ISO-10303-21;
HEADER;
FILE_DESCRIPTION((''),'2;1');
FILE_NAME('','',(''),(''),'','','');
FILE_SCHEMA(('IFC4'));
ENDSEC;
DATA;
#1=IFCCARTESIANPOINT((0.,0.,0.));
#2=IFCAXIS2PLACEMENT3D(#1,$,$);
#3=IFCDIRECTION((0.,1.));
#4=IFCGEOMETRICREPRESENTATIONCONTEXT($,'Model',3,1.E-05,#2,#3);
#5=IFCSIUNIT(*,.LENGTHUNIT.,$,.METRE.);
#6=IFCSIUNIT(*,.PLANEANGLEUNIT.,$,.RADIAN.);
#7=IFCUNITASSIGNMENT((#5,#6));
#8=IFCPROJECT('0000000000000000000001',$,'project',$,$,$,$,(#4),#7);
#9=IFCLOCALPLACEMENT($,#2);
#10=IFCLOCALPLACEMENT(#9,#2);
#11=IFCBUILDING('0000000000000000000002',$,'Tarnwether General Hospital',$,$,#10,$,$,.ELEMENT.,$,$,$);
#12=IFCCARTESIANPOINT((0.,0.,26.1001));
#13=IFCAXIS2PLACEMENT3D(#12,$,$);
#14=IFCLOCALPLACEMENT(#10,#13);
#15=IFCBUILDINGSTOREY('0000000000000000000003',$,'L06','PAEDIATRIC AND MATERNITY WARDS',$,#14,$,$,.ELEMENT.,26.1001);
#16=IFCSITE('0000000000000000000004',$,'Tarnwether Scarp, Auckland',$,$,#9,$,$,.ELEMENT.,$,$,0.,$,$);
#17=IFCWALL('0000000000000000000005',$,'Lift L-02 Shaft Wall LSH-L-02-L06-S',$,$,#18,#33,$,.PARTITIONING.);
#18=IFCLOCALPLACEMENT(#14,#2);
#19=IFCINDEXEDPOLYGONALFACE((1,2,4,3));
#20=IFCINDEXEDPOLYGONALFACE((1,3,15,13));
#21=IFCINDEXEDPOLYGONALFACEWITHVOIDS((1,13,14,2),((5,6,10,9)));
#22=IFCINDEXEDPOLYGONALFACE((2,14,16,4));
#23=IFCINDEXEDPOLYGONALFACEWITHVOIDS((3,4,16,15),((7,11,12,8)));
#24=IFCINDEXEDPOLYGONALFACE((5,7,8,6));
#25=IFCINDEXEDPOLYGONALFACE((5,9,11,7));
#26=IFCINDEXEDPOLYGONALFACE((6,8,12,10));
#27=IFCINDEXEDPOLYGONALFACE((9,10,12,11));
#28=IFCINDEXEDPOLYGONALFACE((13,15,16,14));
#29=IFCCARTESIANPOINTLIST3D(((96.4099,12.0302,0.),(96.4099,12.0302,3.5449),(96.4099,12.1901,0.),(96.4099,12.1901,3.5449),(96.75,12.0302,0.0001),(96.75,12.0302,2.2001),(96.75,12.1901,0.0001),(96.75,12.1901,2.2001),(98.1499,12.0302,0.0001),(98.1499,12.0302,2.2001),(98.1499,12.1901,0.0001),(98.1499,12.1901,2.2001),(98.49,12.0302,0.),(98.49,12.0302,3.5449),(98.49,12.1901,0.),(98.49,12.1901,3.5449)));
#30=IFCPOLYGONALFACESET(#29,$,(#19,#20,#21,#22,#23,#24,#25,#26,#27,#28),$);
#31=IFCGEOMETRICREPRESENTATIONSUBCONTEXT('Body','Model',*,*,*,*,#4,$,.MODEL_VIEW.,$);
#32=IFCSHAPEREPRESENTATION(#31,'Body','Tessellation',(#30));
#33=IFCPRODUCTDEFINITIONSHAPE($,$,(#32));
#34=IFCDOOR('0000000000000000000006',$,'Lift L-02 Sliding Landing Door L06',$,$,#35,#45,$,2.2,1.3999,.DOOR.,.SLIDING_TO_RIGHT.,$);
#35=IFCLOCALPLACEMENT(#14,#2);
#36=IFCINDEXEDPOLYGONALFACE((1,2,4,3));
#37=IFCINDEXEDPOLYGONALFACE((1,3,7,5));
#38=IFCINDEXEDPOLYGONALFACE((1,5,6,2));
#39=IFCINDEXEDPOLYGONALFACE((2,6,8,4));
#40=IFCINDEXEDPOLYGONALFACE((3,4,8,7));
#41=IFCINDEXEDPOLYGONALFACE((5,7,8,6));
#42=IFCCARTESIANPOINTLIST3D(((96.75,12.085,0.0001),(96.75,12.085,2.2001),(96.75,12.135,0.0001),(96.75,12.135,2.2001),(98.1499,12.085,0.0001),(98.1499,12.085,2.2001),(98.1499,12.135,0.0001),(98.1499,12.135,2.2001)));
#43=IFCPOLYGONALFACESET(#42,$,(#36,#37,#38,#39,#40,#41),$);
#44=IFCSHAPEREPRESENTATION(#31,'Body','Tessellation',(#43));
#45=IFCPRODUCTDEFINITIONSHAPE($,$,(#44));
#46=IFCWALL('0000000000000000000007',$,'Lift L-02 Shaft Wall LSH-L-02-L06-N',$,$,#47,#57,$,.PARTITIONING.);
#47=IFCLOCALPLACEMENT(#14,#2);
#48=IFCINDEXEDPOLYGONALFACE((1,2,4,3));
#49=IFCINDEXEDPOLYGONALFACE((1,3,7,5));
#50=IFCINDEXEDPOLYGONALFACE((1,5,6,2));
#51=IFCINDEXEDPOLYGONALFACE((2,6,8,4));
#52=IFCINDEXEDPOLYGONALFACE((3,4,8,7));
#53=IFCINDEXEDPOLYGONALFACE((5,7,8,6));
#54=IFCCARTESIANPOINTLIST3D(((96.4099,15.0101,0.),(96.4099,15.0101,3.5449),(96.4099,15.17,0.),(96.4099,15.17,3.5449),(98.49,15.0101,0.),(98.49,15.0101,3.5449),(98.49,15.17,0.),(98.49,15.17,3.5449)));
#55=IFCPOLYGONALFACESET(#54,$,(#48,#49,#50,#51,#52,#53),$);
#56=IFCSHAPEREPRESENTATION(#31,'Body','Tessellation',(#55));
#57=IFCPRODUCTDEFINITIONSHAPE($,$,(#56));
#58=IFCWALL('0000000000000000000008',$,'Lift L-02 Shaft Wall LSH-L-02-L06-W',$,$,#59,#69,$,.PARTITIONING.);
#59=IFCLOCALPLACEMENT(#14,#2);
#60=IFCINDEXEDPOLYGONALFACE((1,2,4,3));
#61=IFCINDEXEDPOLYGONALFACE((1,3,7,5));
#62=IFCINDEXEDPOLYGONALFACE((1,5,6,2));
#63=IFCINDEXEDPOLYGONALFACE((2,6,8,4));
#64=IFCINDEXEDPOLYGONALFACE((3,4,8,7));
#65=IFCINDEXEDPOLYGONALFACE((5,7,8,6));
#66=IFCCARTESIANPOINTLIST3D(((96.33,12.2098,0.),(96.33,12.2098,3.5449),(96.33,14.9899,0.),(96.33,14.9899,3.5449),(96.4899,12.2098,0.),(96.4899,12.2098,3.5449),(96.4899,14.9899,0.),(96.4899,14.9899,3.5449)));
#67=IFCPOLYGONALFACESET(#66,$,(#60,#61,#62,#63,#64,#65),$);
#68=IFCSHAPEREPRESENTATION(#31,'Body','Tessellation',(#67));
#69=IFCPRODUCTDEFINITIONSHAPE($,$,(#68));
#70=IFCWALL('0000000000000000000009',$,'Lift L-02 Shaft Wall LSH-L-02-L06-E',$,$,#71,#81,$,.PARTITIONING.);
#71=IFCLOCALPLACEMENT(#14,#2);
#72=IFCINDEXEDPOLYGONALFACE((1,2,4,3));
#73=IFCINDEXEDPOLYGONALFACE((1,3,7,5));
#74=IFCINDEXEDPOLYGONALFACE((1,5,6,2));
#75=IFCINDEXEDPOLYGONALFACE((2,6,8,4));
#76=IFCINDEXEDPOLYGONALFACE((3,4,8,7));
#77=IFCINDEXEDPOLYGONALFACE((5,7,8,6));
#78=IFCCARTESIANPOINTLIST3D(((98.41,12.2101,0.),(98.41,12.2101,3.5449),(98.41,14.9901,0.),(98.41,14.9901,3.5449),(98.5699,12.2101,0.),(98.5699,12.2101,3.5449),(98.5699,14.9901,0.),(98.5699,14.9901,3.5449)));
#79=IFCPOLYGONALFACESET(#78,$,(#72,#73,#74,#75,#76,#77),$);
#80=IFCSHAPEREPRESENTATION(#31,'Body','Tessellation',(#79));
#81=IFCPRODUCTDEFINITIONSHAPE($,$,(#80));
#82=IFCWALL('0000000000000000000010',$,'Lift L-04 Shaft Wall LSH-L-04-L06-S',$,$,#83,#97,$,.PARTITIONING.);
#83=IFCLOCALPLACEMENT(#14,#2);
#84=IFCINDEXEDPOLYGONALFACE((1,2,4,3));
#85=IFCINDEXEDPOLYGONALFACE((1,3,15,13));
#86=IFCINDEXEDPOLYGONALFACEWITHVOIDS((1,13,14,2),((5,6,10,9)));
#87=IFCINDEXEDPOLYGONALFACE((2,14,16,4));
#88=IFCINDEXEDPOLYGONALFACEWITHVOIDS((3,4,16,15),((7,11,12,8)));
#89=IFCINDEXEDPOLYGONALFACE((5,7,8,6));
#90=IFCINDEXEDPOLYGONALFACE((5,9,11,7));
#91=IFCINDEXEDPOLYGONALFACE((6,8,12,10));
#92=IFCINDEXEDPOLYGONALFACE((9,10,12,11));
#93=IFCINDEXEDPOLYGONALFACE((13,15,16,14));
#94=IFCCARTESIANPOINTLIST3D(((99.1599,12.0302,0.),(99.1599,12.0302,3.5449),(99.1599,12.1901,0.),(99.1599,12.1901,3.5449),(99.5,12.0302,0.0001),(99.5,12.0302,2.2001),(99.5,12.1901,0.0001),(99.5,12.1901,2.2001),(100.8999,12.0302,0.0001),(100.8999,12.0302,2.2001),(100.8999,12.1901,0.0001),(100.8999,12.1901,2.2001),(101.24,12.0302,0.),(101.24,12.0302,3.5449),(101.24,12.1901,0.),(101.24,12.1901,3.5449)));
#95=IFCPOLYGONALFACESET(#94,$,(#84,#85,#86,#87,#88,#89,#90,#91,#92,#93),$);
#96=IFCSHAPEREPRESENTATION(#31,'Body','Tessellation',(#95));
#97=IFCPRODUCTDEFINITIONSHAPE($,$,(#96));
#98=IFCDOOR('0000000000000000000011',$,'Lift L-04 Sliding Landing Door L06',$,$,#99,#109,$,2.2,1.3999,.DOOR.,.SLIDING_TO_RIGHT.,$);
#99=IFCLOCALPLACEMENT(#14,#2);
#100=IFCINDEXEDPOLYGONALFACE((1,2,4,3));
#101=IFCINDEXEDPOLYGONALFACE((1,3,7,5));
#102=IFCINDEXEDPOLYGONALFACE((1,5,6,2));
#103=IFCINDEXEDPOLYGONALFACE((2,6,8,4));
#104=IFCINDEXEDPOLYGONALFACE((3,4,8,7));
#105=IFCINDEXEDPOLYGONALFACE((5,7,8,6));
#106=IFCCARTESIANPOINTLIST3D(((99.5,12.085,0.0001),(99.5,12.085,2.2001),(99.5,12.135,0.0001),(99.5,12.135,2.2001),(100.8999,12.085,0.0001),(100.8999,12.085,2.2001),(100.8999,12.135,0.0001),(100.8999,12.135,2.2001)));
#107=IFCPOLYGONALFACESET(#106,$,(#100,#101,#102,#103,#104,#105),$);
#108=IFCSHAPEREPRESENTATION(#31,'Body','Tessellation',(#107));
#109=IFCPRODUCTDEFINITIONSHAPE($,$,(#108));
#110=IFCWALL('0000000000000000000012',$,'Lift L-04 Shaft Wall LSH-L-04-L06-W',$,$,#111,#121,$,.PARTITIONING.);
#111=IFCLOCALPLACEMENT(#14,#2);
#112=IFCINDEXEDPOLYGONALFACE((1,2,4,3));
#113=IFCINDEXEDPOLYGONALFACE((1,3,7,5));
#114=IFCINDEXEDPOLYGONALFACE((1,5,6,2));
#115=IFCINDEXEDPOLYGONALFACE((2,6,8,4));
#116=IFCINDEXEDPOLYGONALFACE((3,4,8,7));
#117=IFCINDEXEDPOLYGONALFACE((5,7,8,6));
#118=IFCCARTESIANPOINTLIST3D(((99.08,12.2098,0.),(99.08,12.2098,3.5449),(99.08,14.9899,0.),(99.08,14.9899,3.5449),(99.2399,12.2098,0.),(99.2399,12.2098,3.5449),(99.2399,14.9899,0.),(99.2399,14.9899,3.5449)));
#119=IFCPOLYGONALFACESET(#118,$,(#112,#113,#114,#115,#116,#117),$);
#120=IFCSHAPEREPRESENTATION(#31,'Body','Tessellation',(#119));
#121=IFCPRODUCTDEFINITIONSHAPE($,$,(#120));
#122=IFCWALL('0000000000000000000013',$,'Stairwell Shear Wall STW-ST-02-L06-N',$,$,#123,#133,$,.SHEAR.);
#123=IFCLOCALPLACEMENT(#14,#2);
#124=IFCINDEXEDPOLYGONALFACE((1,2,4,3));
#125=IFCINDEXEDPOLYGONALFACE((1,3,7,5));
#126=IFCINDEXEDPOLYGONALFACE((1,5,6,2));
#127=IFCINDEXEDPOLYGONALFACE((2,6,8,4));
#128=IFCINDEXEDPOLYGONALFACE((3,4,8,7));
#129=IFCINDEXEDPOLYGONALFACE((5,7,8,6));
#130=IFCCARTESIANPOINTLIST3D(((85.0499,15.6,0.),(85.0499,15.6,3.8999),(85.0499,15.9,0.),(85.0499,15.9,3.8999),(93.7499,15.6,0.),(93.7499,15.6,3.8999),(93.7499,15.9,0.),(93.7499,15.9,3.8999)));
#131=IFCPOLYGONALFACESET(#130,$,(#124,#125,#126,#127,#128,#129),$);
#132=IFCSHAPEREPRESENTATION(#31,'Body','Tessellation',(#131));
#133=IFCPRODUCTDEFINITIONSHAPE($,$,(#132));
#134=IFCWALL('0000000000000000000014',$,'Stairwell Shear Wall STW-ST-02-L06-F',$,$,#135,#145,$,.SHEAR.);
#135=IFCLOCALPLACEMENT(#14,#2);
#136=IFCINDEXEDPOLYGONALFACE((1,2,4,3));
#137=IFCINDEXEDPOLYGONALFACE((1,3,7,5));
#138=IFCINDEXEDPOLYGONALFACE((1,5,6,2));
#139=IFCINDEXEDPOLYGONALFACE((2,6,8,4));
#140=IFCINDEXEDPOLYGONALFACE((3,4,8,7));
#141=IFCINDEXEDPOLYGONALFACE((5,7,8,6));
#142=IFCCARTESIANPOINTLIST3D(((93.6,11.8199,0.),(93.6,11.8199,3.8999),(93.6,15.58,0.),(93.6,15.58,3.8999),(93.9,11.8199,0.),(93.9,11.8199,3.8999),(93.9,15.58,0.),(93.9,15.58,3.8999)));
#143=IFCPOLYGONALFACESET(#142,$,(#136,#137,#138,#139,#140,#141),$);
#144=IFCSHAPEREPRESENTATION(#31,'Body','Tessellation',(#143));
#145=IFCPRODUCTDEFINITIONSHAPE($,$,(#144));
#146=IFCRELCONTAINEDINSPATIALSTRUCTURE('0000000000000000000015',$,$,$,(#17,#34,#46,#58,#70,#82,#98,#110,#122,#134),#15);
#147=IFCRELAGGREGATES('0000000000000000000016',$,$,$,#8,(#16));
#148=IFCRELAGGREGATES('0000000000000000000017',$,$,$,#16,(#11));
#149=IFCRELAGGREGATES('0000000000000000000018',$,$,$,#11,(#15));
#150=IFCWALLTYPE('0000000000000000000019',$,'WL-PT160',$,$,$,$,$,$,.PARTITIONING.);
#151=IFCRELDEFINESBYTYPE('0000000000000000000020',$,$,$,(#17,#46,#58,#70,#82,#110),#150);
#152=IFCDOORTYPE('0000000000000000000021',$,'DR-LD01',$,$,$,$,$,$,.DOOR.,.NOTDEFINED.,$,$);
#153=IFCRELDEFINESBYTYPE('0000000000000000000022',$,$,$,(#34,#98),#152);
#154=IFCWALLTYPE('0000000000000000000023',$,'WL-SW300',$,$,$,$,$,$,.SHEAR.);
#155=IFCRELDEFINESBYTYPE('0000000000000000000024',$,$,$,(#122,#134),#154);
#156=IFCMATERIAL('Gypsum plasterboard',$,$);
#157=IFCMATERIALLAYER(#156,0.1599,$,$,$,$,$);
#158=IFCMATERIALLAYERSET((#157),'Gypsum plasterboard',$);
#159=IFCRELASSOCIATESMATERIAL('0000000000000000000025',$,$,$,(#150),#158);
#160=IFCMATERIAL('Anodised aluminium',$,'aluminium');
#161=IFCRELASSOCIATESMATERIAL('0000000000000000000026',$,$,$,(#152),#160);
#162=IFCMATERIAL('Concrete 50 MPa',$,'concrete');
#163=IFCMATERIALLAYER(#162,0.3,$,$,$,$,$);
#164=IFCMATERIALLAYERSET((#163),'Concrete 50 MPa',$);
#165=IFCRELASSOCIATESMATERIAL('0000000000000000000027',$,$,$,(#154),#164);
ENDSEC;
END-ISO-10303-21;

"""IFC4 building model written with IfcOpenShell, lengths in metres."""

from ifc_helpers import new_model, si_unit, direction, frame, frame_2d, origin, place, context, subcontext, project, spatial, rectangle, extrude, material, layer, layer_set, type_object, element, fill, save


model = new_model("IFC4")

# Units and contexts
model_context = context("Model", 3, precision=1e-05, world=origin(), true_north=direction((0.0, 1.0)))
body_context = subcontext(model_context, "Body", "Model", "MODEL_VIEW")
ifc_project = project(units=[si_unit("LENGTHUNIT", "METRE"), si_unit("PLANEANGLEUNIT", "RADIAN")], contexts=[model_context])

# Site, building, storey
site_placement = place(None, origin())
site = spatial("IfcSite", under=ifc_project, at=site_placement, Name="Tarnwether Scarp, Auckland", CompositionType="ELEMENT", RefElevation=0.0)
building_placement = place(site_placement, origin())
building = spatial("IfcBuilding", under=site, at=building_placement, Name="Tarnwether General Hospital", CompositionType="ELEMENT")
storey_placement = place(building_placement, frame((0.0, 0.0, 26.1001)))
storey = spatial("IfcBuildingStorey", under=building, at=storey_placement, Name="L06", Description="PAEDIATRIC AND MATERNITY WARDS", CompositionType="ELEMENT", Elevation=26.1001)

# Wall, opening, door
ifc_material_1 = material(Name="Gypsum plasterboard")
ifc_layer_1 = layer(ifc_material_1, 0.1599)
ifc_layer_set_1 = layer_set([ifc_layer_1], Name="Gypsum plasterboard")
wall_type_1 = type_object("IfcWallType", Name="WL-PT160", PredefinedType="PARTITIONING", material=ifc_layer_set_1)
wall_1_placement = place(storey_placement, frame((96.4099, 12.1101, 0.0), z_axis=(0.0, 0.0, 1.0), x_axis=(1.0, 0.0, 0.0)))
wall_1 = element("IfcWall", 1, at=wall_1_placement, inside=storey, type_object=wall_type_1, Name="Lift L-02 Shaft Wall LSH-L-02-L06-S", PredefinedType="PARTITIONING", context=body_context, shape_type="SweptSolid", body=[
    extrude(rectangle(XDim=2.0801, YDim=0.1599, at=frame_2d((1.04, 0.0))), origin(), (0.0, 0.0, 1.0), 3.5449),
])
opening_1_placement = place(wall_1_placement, frame((0.3401, 0.0, 0.0)))
opening_1 = element("IfcOpeningElement", 2, at=opening_1_placement, cuts=wall_1, PredefinedType="OPENING", context=body_context, shape_type="SweptSolid", body=[
    extrude(rectangle(XDim=1.3999, YDim=2.2, at=frame_2d((0.7, 1.1001))), frame((0.0, 0.0898, 0.0), z_axis=(0.0, -1.0, 0.0), x_axis=(1.0, 0.0, 0.0)), (0.0, 0.0, 1.0), 0.1799),
])
ifc_material_2 = material(Name="Anodised aluminium", Category="aluminium")
door_type_1 = type_object("IfcDoorType", Name="DR-LD01", OperationType="NOTDEFINED", PredefinedType="DOOR", material=ifc_material_2)
door_1_placement = place(opening_1_placement, origin())
door_1 = element("IfcDoor", 3, at=door_1_placement, inside=storey, type_object=door_type_1, Name="Lift L-02 Sliding Landing Door L06", OperationType="SLIDING_TO_RIGHT", OverallHeight=2.2, OverallWidth=1.3999, PredefinedType="DOOR", context=body_context, shape_type="SweptSolid", body=[
    extrude(rectangle(XDim=1.3999, YDim=2.2, at=frame_2d((0.7, 1.1001))), frame((0.0, 0.0249, 0.0), z_axis=(0.0, -1.0, 0.0), x_axis=(1.0, 0.0, 0.0)), (0.0, 0.0, 1.0), 0.05),
])
fill(opening_1, door_1)

# Walls
wall_2_placement = place(storey_placement, frame((98.49, 15.0901, 0.0), z_axis=(0.0, 0.0, 1.0), x_axis=(-1.0, 0.0, 0.0)))
element("IfcWall", 4, at=wall_2_placement, inside=storey, type_object=wall_type_1, Name="Lift L-02 Shaft Wall LSH-L-02-L06-N", PredefinedType="PARTITIONING", context=body_context, shape_type="SweptSolid", body=[
    extrude(rectangle(XDim=2.0801, YDim=0.1599, at=frame_2d((1.04, 0.0))), origin(), (0.0, 0.0, 1.0), 3.5449),
])
for number, where, z_axis, x_axis, name in (
    (5, (96.4099, 14.99, 0.0), (0.0, 0.0, 1.0), (0.0, -1.0, 0.0), "Lift L-02 Shaft Wall LSH-L-02-L06-W"),
    (6, (98.49, 12.21, 0.0), (0.0, 0.0, 1.0), (0.0, 1.0, 0.0), "Lift L-02 Shaft Wall LSH-L-02-L06-E"),
):
    element("IfcWall", number, at=place(storey_placement, frame(where, z_axis=z_axis, x_axis=x_axis)), inside=storey, type_object=wall_type_1, Name=name, PredefinedType="PARTITIONING", context=body_context, shape_type="SweptSolid", body=[
        extrude(rectangle(XDim=2.78, YDim=0.1599, at=frame_2d((1.3901, 0.0))), origin(), (0.0, 0.0, 1.0), 3.5449),
    ])

# Wall, opening, door
wall_3_placement = place(storey_placement, frame((99.1599, 12.1101, 0.0), z_axis=(0.0, 0.0, 1.0), x_axis=(1.0, 0.0, 0.0)))
wall_3 = element("IfcWall", 7, at=wall_3_placement, inside=storey, type_object=wall_type_1, Name="Lift L-04 Shaft Wall LSH-L-04-L06-S", PredefinedType="PARTITIONING", context=body_context, shape_type="SweptSolid", body=[
    extrude(rectangle(XDim=2.0801, YDim=0.1599, at=frame_2d((1.04, 0.0))), origin(), (0.0, 0.0, 1.0), 3.5449),
])
opening_2_placement = place(wall_3_placement, frame((0.3401, 0.0, 0.0)))
opening_2 = element("IfcOpeningElement", 8, at=opening_2_placement, cuts=wall_3, PredefinedType="OPENING", context=body_context, shape_type="SweptSolid", body=[
    extrude(rectangle(XDim=1.3999, YDim=2.2, at=frame_2d((0.7, 1.1001))), frame((0.0, 0.0898, 0.0), z_axis=(0.0, -1.0, 0.0), x_axis=(1.0, 0.0, 0.0)), (0.0, 0.0, 1.0), 0.1799),
])
door_2_placement = place(opening_2_placement, origin())
door_2 = element("IfcDoor", 9, at=door_2_placement, inside=storey, type_object=door_type_1, Name="Lift L-04 Sliding Landing Door L06", OperationType="SLIDING_TO_RIGHT", OverallHeight=2.2, OverallWidth=1.3999, PredefinedType="DOOR", context=body_context, shape_type="SweptSolid", body=[
    extrude(rectangle(XDim=1.3999, YDim=2.2, at=frame_2d((0.7, 1.1001))), frame((0.0, 0.0249, 0.0), z_axis=(0.0, -1.0, 0.0), x_axis=(1.0, 0.0, 0.0)), (0.0, 0.0, 1.0), 0.05),
])
fill(opening_2, door_2)

# Wall
wall_4_placement = place(storey_placement, frame((99.1599, 14.99, 0.0), z_axis=(0.0, 0.0, 1.0), x_axis=(0.0, -1.0, 0.0)))
element("IfcWall", 10, at=wall_4_placement, inside=storey, type_object=wall_type_1, Name="Lift L-04 Shaft Wall LSH-L-04-L06-W", PredefinedType="PARTITIONING", context=body_context, shape_type="SweptSolid", body=[
    extrude(rectangle(XDim=2.78, YDim=0.1599, at=frame_2d((1.3901, 0.0))), origin(), (0.0, 0.0, 1.0), 3.5449),
])

# Walls
ifc_material_3 = material(Name="Concrete 50 MPa", Category="concrete")
ifc_layer_2 = layer(ifc_material_3, 0.3)
ifc_layer_set_2 = layer_set([ifc_layer_2], Name="Concrete 50 MPa")
wall_type_2 = type_object("IfcWallType", Name="WL-SW300", PredefinedType="SHEAR", material=ifc_layer_set_2)
wall_5_placement = place(storey_placement, frame((93.75, 15.75, 0.0), z_axis=(0.0, 0.0, 1.0), x_axis=(-1.0, 0.0, 0.0)))
element("IfcWall", 11, at=wall_5_placement, inside=storey, type_object=wall_type_2, Name="Stairwell Shear Wall STW-ST-02-L06-N", PredefinedType="SHEAR", context=body_context, shape_type="SweptSolid", body=[
    extrude(rectangle(XDim=8.7, YDim=0.3, at=frame_2d((4.3501, 0.0))), origin(), (0.0, 0.0, 1.0), 3.8999),
])
wall_6_placement = place(storey_placement, frame((93.75, 11.8201, 0.0), z_axis=(0.0, 0.0, 1.0), x_axis=(0.0, 1.0, 0.0)))
element("IfcWall", 12, at=wall_6_placement, inside=storey, type_object=wall_type_2, Name="Stairwell Shear Wall STW-ST-02-L06-F", PredefinedType="SHEAR", context=body_context, shape_type="SweptSolid", body=[
    extrude(rectangle(XDim=3.76, YDim=0.3, at=frame_2d((1.8799, 0.0))), origin(), (0.0, 0.0, 1.0), 3.8999),
])

save(model, "model.ifc")
